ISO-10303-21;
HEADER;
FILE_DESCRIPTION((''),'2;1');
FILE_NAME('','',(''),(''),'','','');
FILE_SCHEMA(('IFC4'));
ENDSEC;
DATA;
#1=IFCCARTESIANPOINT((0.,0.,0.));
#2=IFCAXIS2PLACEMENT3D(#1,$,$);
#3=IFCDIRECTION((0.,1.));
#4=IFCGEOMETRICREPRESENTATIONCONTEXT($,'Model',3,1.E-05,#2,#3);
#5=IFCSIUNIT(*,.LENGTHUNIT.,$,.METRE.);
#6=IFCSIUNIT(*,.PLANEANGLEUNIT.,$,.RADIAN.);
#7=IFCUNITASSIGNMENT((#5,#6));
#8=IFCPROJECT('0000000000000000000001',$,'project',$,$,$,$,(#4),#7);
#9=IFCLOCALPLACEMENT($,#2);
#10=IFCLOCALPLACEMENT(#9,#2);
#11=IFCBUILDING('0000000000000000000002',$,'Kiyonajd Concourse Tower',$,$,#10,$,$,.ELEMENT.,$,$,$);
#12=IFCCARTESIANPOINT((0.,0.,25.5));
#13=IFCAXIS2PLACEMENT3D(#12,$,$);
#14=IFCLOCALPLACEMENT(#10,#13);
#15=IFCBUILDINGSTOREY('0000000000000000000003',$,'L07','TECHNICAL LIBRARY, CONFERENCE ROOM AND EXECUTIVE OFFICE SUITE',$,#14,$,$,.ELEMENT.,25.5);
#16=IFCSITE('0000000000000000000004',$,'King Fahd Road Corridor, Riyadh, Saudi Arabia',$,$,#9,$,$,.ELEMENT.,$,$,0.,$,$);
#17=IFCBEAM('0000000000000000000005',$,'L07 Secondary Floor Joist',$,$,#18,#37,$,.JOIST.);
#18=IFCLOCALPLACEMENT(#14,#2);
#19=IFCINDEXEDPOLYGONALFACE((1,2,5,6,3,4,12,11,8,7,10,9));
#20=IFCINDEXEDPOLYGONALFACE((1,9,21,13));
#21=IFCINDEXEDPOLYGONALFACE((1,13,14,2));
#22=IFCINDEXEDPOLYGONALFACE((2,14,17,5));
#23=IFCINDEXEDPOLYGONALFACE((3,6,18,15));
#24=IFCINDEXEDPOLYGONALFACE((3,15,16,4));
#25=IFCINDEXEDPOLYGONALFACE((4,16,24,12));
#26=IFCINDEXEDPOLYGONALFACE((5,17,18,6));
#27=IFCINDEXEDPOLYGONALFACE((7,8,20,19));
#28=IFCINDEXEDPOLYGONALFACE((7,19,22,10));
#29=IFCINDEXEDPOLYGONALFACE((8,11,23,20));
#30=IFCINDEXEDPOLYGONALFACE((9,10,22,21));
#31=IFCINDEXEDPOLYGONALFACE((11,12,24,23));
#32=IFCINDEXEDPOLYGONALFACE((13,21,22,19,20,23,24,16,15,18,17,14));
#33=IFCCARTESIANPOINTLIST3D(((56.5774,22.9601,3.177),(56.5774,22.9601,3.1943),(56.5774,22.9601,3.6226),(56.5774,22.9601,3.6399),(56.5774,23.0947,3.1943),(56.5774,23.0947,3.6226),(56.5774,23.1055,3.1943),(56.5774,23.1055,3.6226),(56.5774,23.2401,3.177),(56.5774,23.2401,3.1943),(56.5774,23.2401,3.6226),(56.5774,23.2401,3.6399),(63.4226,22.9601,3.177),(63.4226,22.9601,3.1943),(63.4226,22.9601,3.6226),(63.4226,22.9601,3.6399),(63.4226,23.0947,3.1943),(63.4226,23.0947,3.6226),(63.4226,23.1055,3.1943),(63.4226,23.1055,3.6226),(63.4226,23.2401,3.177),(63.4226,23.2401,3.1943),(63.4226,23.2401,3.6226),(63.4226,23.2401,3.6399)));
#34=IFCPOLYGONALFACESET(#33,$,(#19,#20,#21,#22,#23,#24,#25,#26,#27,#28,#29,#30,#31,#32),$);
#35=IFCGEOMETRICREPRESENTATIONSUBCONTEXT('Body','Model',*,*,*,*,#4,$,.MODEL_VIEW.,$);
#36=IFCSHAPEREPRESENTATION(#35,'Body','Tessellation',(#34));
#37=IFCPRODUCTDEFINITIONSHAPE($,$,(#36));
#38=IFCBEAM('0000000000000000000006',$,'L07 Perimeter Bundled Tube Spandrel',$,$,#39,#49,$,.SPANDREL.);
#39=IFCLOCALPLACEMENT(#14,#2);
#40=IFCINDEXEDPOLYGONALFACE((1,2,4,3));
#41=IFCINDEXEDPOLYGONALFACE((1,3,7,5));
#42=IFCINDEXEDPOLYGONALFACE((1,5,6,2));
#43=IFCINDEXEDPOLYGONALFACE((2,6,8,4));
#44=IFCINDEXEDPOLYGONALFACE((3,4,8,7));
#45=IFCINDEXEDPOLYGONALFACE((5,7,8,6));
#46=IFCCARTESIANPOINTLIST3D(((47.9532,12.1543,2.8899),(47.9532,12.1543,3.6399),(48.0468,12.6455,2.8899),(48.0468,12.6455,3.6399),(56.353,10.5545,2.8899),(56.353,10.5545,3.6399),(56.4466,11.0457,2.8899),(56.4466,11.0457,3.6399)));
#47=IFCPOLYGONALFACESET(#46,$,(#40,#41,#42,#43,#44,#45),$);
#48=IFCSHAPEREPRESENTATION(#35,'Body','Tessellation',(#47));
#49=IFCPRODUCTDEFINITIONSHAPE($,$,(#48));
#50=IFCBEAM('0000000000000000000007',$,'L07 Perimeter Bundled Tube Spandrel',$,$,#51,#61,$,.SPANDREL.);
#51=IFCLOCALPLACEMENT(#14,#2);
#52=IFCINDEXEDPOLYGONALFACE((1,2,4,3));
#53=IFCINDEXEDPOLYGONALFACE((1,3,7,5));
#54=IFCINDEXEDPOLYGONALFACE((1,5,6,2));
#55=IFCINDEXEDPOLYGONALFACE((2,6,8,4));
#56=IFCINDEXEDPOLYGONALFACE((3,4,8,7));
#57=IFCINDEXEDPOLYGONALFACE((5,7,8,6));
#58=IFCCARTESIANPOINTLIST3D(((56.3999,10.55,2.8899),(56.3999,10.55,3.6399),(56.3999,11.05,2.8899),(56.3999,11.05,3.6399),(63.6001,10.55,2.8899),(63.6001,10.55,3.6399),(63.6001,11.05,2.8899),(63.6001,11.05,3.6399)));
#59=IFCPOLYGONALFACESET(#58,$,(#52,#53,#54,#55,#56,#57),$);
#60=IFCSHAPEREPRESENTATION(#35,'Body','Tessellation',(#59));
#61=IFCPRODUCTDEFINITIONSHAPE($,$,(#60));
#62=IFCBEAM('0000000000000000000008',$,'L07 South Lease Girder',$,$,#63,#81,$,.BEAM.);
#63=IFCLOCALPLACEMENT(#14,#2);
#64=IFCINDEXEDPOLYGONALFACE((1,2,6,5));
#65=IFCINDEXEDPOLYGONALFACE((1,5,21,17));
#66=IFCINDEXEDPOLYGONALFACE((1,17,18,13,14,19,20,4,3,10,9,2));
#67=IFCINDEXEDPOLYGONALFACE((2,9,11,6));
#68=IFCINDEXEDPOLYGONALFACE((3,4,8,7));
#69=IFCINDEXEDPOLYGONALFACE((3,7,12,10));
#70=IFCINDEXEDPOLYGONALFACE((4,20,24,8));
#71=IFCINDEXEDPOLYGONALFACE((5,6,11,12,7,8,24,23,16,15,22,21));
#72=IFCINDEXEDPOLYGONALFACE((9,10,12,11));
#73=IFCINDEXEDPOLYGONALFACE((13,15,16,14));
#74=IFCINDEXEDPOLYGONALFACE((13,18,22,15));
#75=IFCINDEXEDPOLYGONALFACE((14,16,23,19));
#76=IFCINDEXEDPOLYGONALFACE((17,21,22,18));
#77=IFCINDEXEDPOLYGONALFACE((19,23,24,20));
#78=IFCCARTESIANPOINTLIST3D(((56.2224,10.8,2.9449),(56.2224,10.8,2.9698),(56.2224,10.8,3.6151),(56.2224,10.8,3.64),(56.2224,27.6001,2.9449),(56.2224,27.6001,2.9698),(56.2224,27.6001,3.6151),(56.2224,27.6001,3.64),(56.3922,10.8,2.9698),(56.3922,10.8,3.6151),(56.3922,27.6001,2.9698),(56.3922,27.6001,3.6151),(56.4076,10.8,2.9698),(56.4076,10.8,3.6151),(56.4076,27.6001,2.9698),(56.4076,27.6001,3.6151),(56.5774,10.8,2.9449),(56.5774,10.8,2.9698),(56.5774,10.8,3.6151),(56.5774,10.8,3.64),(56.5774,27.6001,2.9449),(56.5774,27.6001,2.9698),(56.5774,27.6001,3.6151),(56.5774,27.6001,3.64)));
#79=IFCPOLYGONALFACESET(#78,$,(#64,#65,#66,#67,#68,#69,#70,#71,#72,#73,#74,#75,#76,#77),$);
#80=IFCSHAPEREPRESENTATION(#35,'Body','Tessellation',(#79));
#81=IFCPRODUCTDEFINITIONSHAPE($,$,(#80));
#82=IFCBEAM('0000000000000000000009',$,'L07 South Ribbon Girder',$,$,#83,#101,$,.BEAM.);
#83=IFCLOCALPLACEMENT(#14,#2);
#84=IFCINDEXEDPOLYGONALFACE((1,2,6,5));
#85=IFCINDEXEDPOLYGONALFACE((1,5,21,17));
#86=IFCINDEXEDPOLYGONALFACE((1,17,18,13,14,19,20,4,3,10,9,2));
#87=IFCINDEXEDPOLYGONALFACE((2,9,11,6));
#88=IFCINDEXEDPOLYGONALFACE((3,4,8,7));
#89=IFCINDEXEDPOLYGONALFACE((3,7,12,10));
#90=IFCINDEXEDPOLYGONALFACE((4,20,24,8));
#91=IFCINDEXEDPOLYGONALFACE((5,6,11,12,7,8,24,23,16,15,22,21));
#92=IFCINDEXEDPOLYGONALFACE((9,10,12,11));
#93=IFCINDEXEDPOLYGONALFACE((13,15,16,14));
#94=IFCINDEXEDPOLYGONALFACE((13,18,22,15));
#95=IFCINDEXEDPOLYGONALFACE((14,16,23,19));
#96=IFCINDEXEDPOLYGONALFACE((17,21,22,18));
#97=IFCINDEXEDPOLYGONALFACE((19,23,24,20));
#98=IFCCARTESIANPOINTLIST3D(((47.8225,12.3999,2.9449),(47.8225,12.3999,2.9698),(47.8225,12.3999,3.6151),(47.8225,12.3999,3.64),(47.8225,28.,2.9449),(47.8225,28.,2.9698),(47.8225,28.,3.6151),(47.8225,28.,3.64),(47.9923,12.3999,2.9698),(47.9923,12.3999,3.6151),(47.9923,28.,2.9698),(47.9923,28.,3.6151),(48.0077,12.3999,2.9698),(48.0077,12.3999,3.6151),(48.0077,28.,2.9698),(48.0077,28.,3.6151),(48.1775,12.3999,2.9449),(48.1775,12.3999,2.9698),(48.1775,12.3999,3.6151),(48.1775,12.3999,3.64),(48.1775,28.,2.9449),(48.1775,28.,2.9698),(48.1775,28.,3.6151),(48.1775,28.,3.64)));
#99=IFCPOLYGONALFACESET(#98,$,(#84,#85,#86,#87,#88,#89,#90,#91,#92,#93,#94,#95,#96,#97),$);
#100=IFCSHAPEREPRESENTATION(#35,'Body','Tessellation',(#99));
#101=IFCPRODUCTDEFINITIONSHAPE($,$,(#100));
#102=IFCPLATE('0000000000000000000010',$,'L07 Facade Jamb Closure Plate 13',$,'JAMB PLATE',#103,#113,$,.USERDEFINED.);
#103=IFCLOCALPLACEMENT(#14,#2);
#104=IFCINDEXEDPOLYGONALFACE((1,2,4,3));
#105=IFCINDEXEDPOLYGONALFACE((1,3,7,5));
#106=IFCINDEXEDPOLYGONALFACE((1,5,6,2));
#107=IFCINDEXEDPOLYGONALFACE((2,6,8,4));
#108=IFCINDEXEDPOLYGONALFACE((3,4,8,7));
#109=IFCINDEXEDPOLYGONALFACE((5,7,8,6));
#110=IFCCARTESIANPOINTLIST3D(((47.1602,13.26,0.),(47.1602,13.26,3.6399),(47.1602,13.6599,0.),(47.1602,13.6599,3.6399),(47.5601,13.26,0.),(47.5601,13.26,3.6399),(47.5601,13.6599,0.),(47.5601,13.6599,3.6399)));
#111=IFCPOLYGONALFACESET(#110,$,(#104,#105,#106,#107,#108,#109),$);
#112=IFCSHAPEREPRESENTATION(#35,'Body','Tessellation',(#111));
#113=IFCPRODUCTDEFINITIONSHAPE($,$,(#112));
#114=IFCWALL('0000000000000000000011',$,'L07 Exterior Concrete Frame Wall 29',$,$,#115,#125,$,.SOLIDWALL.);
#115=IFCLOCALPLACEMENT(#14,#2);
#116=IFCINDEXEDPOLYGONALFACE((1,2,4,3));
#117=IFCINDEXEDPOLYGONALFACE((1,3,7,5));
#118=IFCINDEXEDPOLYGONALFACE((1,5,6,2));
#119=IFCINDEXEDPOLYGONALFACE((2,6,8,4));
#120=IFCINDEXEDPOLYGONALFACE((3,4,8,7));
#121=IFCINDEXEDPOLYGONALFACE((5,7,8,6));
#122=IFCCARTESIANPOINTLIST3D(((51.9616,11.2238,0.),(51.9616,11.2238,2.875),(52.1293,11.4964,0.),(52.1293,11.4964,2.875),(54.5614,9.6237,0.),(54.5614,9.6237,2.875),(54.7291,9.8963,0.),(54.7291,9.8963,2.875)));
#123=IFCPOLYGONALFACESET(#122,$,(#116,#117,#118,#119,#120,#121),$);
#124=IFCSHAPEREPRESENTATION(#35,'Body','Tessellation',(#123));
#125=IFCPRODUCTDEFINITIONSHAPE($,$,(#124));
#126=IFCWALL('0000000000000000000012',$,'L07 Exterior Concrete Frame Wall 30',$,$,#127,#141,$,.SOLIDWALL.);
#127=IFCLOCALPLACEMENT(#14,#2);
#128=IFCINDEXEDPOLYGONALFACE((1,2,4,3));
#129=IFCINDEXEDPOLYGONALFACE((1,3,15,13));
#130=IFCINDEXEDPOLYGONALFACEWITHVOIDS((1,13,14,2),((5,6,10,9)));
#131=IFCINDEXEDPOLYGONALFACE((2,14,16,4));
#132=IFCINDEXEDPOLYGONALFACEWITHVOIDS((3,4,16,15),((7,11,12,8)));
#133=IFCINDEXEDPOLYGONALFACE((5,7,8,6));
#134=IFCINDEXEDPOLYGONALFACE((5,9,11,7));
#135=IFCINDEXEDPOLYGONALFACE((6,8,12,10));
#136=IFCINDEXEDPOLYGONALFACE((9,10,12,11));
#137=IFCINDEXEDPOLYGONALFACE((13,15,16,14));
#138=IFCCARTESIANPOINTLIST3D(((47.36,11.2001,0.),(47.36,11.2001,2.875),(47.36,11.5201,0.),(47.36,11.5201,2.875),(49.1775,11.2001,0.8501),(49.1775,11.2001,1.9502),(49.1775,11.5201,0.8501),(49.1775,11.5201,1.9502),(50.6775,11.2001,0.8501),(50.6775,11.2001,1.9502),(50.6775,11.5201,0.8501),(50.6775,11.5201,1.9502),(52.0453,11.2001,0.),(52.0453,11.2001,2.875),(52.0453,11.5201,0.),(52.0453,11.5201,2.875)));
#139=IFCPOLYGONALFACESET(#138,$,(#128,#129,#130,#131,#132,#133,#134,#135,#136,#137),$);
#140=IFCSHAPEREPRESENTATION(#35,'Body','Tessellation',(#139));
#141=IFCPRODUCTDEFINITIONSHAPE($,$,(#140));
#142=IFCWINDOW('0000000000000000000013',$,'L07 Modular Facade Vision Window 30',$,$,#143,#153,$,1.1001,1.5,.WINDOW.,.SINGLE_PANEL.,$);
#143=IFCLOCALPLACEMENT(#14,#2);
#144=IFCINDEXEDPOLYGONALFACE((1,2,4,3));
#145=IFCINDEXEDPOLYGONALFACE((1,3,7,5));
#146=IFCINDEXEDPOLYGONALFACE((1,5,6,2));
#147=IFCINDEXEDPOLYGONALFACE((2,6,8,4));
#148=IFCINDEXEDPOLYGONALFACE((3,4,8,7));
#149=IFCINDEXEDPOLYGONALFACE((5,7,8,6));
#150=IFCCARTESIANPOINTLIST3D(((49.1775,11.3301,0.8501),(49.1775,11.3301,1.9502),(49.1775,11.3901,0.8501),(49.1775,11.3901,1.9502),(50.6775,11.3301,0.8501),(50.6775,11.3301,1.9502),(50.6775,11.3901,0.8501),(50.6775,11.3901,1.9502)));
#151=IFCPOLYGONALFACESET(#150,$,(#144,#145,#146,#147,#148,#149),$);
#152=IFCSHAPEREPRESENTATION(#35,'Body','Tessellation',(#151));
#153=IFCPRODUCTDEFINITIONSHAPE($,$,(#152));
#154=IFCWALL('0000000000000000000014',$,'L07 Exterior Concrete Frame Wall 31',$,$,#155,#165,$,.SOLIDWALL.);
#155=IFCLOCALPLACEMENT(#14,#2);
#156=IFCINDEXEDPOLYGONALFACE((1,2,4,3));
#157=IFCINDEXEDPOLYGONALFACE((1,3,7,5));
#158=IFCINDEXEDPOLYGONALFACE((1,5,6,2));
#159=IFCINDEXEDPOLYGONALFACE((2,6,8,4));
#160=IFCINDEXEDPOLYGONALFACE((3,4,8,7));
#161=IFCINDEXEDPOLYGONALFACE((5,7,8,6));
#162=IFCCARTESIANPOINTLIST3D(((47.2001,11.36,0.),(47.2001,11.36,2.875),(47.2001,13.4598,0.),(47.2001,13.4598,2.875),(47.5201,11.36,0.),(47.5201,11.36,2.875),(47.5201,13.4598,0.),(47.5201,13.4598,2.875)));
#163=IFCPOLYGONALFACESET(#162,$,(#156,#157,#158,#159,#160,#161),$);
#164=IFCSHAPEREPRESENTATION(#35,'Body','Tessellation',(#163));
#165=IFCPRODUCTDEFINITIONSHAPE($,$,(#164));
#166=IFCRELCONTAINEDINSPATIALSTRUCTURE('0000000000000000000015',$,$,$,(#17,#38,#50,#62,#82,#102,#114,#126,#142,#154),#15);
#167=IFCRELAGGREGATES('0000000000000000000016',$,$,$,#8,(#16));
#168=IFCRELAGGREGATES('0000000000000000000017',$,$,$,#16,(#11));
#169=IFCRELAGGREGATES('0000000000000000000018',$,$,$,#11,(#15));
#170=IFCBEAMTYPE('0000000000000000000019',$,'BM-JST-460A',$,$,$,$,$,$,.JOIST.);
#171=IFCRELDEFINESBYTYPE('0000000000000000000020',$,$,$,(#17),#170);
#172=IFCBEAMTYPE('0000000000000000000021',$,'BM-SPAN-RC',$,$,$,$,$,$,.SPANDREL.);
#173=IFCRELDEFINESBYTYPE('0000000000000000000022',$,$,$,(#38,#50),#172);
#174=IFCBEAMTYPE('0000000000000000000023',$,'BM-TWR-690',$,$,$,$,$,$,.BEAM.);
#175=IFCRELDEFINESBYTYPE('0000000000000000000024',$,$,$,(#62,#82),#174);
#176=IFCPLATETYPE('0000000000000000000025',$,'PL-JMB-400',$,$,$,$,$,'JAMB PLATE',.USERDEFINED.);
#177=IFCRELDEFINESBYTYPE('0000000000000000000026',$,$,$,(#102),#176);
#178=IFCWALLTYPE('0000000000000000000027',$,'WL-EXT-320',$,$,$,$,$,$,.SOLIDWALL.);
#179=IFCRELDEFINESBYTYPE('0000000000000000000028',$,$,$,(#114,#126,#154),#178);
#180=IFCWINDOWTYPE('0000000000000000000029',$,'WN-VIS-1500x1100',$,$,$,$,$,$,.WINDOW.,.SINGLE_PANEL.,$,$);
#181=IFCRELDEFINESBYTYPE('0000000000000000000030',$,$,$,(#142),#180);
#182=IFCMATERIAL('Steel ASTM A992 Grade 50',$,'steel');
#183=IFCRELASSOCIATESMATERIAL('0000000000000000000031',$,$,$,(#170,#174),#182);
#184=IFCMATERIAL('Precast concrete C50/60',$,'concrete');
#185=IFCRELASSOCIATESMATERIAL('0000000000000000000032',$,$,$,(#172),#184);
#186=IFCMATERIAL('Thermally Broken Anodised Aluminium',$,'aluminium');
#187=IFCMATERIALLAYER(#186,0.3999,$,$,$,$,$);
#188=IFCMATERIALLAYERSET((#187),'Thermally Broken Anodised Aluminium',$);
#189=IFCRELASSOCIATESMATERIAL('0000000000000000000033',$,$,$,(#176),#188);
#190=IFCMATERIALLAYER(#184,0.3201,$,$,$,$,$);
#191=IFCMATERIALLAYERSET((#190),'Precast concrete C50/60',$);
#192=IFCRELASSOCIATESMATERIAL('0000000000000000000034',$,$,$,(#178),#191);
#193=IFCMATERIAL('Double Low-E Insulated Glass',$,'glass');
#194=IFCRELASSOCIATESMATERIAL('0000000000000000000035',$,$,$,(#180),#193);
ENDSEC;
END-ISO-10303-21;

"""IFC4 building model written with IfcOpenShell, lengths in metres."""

from ifc_helpers import new_model, si_unit, direction, frame, frame_2d, origin, origin_2d, place, context, subcontext, project, spatial, rectangle, i_section, extrude, material, layer, layer_set, material_profile, profile_set, type_object, element, fill, save


model = new_model("IFC4")

# Units and contexts
model_context = context("Model", 3, precision=1e-05, world=origin(), true_north=direction((0.0, 1.0)))
body_context = subcontext(model_context, "Body", "Model", "MODEL_VIEW")
ifc_project = project(units=[si_unit("LENGTHUNIT", "METRE"), si_unit("PLANEANGLEUNIT", "RADIAN")], contexts=[model_context])

# Site, building, storey
site_placement = place(None, origin())
site = spatial("IfcSite", under=ifc_project, at=site_placement, Name="King Fahd Road Corridor, Riyadh, Saudi Arabia", CompositionType="ELEMENT", RefElevation=0.0)
building_placement = place(site_placement, origin())
building = spatial("IfcBuilding", under=site, at=building_placement, Name="Kiyonajd Concourse Tower", CompositionType="ELEMENT")
storey_placement = place(building_placement, frame((0.0, 0.0, 25.5)))
storey = spatial("IfcBuildingStorey", under=building, at=storey_placement, Name="L07", Description="TECHNICAL LIBRARY, CONFERENCE ROOM AND EXECUTIVE OFFICE SUITE", CompositionType="ELEMENT", Elevation=25.5)

# Beams
ifc_material_1 = material(Name="Steel ASTM A992 Grade 50", Category="steel")
ifc_material_profile_1 = material_profile(ifc_material_1, i_section(OverallWidth=0.28, OverallDepth=0.4629, WebThickness=0.0107, FlangeThickness=0.0173, at=origin_2d()), Name="W460X113")
ifc_profile_set_1 = profile_set([ifc_material_profile_1], Name="Steel ASTM A992 Grade 50")
beam_type_1 = type_object("IfcBeamType", Name="BM-JST-460A", PredefinedType="JOIST", material=ifc_profile_set_1)
beam_1_placement = place(storey_placement, frame((56.5774, 23.1001, 3.4084), z_axis=(1.0, 0.0, 0.0), x_axis=(0.0, 1.0, 0.0)))
element("IfcBeam", 1, at=beam_1_placement, inside=storey, type_object=beam_type_1, Name="L07 Secondary Floor Joist", PredefinedType="JOIST", context=body_context, shape_type="SweptSolid", body=[
    extrude(i_section(OverallWidth=0.28, OverallDepth=0.4629, WebThickness=0.0107, FlangeThickness=0.0173, at=origin_2d()), origin(), (0.0, 0.0, 1.0), 6.8452),
])
ifc_material_2 = material(Name="Precast concrete C50/60", Category="concrete")
ifc_material_profile_2 = material_profile(ifc_material_2, rectangle(XDim=0.5, YDim=0.75, at=origin_2d()), Name="RCBM-500x750")
ifc_profile_set_2 = profile_set([ifc_material_profile_2], Name="Precast concrete C50/60")
beam_type_2 = type_object("IfcBeamType", Name="BM-SPAN-RC", PredefinedType="SPANDREL", material=ifc_profile_set_2)
beam_2_placement = place(storey_placement, frame((48.0, 12.3999, 3.2649), z_axis=(0.982341, -0.187098, 0.0), x_axis=(0.187098, 0.982341, 0.0)))
element("IfcBeam", 2, at=beam_2_placement, inside=storey, type_object=beam_type_2, Name="L07 Perimeter Bundled Tube Spandrel", PredefinedType="SPANDREL", context=body_context, shape_type="SweptSolid", body=[
    extrude(rectangle(XDim=0.5, YDim=0.75, at=origin_2d()), origin(), (0.0, 0.0, 1.0), 8.5508),
])
beam_3_placement = place(storey_placement, frame((56.3999, 10.8, 3.2649), z_axis=(1.0, 0.0, 0.0), x_axis=(0.0, 1.0, 0.0)))
element("IfcBeam", 3, at=beam_3_placement, inside=storey, type_object=beam_type_2, Name="L07 Perimeter Bundled Tube Spandrel", PredefinedType="SPANDREL", context=body_context, shape_type="SweptSolid", body=[
    extrude(rectangle(XDim=0.5, YDim=0.75, at=origin_2d()), origin(), (0.0, 0.0, 1.0), 7.2002),
])
ifc_material_profile_3 = material_profile(ifc_material_1, i_section(OverallWidth=0.355, OverallDepth=0.6951, WebThickness=0.0154, FlangeThickness=0.0249, at=origin_2d()), Name="W690X217")
ifc_profile_set_3 = profile_set([ifc_material_profile_3], Name="Steel ASTM A992 Grade 50")
beam_type_3 = type_object("IfcBeamType", Name="BM-TWR-690", PredefinedType="BEAM", material=ifc_profile_set_3)
beam_4_placement = place(storey_placement, frame((56.3999, 10.8, 3.2925), z_axis=(0.0, 1.0, 0.0), x_axis=(-1.0, 0.0, 0.0)))
element("IfcBeam", 4, at=beam_4_placement, inside=storey, type_object=beam_type_3, Name="L07 South Lease Girder", PredefinedType="BEAM", context=body_context, shape_type="SweptSolid", body=[
    extrude(i_section(OverallWidth=0.355, OverallDepth=0.6951, WebThickness=0.0154, FlangeThickness=0.0249, at=origin_2d()), origin(), (0.0, 0.0, 1.0), 16.8),
])
beam_5_placement = place(storey_placement, frame((48.0, 12.3999, 3.2925), z_axis=(0.0, 1.0, 0.0), x_axis=(-1.0, 0.0, 0.0)))
element("IfcBeam", 5, at=beam_5_placement, inside=storey, type_object=beam_type_3, Name="L07 South Ribbon Girder", PredefinedType="BEAM", context=body_context, shape_type="SweptSolid", body=[
    extrude(i_section(OverallWidth=0.355, OverallDepth=0.6951, WebThickness=0.0154, FlangeThickness=0.0249, at=origin_2d()), origin(), (0.0, 0.0, 1.0), 15.6001),
])

# Plate
ifc_material_3 = material(Name="Thermally Broken Anodised Aluminium", Category="aluminium")
ifc_layer_1 = layer(ifc_material_3, 0.3999)
ifc_layer_set_1 = layer_set([ifc_layer_1], Name="Thermally Broken Anodised Aluminium")
plate_type = type_object("IfcPlateType", Name="PL-JMB-400", ElementType="JAMB PLATE", PredefinedType="USERDEFINED", material=ifc_layer_set_1)
plate_placement = place(storey_placement, frame((47.3601, 13.46, 0.0), z_axis=(0.0, 0.0, 1.0), x_axis=(1.0, 0.0, 0.0)))
element("IfcPlate", 6, at=plate_placement, inside=storey, type_object=plate_type, Name="L07 Facade Jamb Closure Plate 13", ObjectType="JAMB PLATE", PredefinedType="USERDEFINED", context=body_context, shape_type="SweptSolid", body=[
    extrude(rectangle(XDim=0.3999, YDim=0.3999, at=origin_2d()), origin(), (0.0, 0.0, 1.0), 3.6399),
])

# Wall
ifc_layer_2 = layer(ifc_material_2, 0.3201)
ifc_layer_set_2 = layer_set([ifc_layer_2], Name="Precast concrete C50/60")
wall_type_1 = type_object("IfcWallType", Name="WL-EXT-320", PredefinedType="SOLIDWALL", material=ifc_layer_set_2)
wall_1_placement = place(storey_placement, frame((54.6453, 9.76, 0.0), z_axis=(0.0, 0.0, 1.0), x_axis=(-0.851631, 0.524142, 0.0)))
element("IfcWall", 7, at=wall_1_placement, inside=storey, type_object=wall_type_1, Name="L07 Exterior Concrete Frame Wall 29", PredefinedType="SOLIDWALL", context=body_context, shape_type="SweptSolid", body=[
    extrude(rectangle(XDim=3.0527, YDim=0.3201, at=frame_2d((1.5264, 0.0))), origin(), (0.0, 0.0, 1.0), 2.875),
])

# Wall, opening, window
wall_2_placement = place(storey_placement, frame((52.0454, 11.3601, 0.0), z_axis=(0.0, 0.0, 1.0), x_axis=(-1.0, 0.0, 0.0)))
wall_2 = element("IfcWall", 8, at=wall_2_placement, inside=storey, type_object=wall_type_1, Name="L07 Exterior Concrete Frame Wall 30", PredefinedType="SOLIDWALL", context=body_context, shape_type="SweptSolid", body=[
    extrude(rectangle(XDim=4.6853, YDim=0.3201, at=frame_2d((2.3428, 0.0))), origin(), (0.0, 0.0, 1.0), 2.875),
])
opening_1_placement = place(wall_2_placement, frame((1.3679, 0.0, 0.8501)))
opening_1 = element("IfcOpeningElement", 9, at=opening_1_placement, cuts=wall_2, PredefinedType="OPENING", context=body_context, shape_type="SweptSolid", body=[
    extrude(rectangle(XDim=1.5, YDim=1.1001, at=frame_2d((0.75, 0.55))), frame((0.0, 0.1699, 0.0), z_axis=(0.0, -1.0, 0.0), x_axis=(1.0, 0.0, 0.0)), (0.0, 0.0, 1.0), 0.3401),
])
ifc_material_4 = material(Name="Double Low-E Insulated Glass", Category="glass")
window_type = type_object("IfcWindowType", Name="WN-VIS-1500x1100", PartitioningType="SINGLE_PANEL", PredefinedType="WINDOW", material=ifc_material_4)
window_placement = place(opening_1_placement, origin())
window = element("IfcWindow", 10, at=window_placement, inside=storey, type_object=window_type, Name="L07 Modular Facade Vision Window 30", OverallHeight=1.1001, OverallWidth=1.5, PartitioningType="SINGLE_PANEL", PredefinedType="WINDOW", context=body_context, shape_type="SweptSolid", body=[
    extrude(rectangle(XDim=1.5, YDim=1.1001, at=frame_2d((0.75, 0.55))), frame((0.0, 0.03, 0.0), z_axis=(0.0, -1.0, 0.0), x_axis=(1.0, 0.0, 0.0)), (0.0, 0.0, 1.0), 0.0601),
])
fill(opening_1, window)

# Wall
wall_3_placement = place(storey_placement, frame((47.3601, 11.3601, 0.0), z_axis=(0.0, 0.0, 1.0), x_axis=(0.0, 1.0, 0.0)))
element("IfcWall", 11, at=wall_3_placement, inside=storey, type_object=wall_type_1, Name="L07 Exterior Concrete Frame Wall 31", PredefinedType="SOLIDWALL", context=body_context, shape_type="SweptSolid", body=[
    extrude(rectangle(XDim=2.0999, YDim=0.3201, at=frame_2d((1.0498, 0.0))), origin(), (0.0, 0.0, 1.0), 2.875),
])

save(model, "model.ifc")
